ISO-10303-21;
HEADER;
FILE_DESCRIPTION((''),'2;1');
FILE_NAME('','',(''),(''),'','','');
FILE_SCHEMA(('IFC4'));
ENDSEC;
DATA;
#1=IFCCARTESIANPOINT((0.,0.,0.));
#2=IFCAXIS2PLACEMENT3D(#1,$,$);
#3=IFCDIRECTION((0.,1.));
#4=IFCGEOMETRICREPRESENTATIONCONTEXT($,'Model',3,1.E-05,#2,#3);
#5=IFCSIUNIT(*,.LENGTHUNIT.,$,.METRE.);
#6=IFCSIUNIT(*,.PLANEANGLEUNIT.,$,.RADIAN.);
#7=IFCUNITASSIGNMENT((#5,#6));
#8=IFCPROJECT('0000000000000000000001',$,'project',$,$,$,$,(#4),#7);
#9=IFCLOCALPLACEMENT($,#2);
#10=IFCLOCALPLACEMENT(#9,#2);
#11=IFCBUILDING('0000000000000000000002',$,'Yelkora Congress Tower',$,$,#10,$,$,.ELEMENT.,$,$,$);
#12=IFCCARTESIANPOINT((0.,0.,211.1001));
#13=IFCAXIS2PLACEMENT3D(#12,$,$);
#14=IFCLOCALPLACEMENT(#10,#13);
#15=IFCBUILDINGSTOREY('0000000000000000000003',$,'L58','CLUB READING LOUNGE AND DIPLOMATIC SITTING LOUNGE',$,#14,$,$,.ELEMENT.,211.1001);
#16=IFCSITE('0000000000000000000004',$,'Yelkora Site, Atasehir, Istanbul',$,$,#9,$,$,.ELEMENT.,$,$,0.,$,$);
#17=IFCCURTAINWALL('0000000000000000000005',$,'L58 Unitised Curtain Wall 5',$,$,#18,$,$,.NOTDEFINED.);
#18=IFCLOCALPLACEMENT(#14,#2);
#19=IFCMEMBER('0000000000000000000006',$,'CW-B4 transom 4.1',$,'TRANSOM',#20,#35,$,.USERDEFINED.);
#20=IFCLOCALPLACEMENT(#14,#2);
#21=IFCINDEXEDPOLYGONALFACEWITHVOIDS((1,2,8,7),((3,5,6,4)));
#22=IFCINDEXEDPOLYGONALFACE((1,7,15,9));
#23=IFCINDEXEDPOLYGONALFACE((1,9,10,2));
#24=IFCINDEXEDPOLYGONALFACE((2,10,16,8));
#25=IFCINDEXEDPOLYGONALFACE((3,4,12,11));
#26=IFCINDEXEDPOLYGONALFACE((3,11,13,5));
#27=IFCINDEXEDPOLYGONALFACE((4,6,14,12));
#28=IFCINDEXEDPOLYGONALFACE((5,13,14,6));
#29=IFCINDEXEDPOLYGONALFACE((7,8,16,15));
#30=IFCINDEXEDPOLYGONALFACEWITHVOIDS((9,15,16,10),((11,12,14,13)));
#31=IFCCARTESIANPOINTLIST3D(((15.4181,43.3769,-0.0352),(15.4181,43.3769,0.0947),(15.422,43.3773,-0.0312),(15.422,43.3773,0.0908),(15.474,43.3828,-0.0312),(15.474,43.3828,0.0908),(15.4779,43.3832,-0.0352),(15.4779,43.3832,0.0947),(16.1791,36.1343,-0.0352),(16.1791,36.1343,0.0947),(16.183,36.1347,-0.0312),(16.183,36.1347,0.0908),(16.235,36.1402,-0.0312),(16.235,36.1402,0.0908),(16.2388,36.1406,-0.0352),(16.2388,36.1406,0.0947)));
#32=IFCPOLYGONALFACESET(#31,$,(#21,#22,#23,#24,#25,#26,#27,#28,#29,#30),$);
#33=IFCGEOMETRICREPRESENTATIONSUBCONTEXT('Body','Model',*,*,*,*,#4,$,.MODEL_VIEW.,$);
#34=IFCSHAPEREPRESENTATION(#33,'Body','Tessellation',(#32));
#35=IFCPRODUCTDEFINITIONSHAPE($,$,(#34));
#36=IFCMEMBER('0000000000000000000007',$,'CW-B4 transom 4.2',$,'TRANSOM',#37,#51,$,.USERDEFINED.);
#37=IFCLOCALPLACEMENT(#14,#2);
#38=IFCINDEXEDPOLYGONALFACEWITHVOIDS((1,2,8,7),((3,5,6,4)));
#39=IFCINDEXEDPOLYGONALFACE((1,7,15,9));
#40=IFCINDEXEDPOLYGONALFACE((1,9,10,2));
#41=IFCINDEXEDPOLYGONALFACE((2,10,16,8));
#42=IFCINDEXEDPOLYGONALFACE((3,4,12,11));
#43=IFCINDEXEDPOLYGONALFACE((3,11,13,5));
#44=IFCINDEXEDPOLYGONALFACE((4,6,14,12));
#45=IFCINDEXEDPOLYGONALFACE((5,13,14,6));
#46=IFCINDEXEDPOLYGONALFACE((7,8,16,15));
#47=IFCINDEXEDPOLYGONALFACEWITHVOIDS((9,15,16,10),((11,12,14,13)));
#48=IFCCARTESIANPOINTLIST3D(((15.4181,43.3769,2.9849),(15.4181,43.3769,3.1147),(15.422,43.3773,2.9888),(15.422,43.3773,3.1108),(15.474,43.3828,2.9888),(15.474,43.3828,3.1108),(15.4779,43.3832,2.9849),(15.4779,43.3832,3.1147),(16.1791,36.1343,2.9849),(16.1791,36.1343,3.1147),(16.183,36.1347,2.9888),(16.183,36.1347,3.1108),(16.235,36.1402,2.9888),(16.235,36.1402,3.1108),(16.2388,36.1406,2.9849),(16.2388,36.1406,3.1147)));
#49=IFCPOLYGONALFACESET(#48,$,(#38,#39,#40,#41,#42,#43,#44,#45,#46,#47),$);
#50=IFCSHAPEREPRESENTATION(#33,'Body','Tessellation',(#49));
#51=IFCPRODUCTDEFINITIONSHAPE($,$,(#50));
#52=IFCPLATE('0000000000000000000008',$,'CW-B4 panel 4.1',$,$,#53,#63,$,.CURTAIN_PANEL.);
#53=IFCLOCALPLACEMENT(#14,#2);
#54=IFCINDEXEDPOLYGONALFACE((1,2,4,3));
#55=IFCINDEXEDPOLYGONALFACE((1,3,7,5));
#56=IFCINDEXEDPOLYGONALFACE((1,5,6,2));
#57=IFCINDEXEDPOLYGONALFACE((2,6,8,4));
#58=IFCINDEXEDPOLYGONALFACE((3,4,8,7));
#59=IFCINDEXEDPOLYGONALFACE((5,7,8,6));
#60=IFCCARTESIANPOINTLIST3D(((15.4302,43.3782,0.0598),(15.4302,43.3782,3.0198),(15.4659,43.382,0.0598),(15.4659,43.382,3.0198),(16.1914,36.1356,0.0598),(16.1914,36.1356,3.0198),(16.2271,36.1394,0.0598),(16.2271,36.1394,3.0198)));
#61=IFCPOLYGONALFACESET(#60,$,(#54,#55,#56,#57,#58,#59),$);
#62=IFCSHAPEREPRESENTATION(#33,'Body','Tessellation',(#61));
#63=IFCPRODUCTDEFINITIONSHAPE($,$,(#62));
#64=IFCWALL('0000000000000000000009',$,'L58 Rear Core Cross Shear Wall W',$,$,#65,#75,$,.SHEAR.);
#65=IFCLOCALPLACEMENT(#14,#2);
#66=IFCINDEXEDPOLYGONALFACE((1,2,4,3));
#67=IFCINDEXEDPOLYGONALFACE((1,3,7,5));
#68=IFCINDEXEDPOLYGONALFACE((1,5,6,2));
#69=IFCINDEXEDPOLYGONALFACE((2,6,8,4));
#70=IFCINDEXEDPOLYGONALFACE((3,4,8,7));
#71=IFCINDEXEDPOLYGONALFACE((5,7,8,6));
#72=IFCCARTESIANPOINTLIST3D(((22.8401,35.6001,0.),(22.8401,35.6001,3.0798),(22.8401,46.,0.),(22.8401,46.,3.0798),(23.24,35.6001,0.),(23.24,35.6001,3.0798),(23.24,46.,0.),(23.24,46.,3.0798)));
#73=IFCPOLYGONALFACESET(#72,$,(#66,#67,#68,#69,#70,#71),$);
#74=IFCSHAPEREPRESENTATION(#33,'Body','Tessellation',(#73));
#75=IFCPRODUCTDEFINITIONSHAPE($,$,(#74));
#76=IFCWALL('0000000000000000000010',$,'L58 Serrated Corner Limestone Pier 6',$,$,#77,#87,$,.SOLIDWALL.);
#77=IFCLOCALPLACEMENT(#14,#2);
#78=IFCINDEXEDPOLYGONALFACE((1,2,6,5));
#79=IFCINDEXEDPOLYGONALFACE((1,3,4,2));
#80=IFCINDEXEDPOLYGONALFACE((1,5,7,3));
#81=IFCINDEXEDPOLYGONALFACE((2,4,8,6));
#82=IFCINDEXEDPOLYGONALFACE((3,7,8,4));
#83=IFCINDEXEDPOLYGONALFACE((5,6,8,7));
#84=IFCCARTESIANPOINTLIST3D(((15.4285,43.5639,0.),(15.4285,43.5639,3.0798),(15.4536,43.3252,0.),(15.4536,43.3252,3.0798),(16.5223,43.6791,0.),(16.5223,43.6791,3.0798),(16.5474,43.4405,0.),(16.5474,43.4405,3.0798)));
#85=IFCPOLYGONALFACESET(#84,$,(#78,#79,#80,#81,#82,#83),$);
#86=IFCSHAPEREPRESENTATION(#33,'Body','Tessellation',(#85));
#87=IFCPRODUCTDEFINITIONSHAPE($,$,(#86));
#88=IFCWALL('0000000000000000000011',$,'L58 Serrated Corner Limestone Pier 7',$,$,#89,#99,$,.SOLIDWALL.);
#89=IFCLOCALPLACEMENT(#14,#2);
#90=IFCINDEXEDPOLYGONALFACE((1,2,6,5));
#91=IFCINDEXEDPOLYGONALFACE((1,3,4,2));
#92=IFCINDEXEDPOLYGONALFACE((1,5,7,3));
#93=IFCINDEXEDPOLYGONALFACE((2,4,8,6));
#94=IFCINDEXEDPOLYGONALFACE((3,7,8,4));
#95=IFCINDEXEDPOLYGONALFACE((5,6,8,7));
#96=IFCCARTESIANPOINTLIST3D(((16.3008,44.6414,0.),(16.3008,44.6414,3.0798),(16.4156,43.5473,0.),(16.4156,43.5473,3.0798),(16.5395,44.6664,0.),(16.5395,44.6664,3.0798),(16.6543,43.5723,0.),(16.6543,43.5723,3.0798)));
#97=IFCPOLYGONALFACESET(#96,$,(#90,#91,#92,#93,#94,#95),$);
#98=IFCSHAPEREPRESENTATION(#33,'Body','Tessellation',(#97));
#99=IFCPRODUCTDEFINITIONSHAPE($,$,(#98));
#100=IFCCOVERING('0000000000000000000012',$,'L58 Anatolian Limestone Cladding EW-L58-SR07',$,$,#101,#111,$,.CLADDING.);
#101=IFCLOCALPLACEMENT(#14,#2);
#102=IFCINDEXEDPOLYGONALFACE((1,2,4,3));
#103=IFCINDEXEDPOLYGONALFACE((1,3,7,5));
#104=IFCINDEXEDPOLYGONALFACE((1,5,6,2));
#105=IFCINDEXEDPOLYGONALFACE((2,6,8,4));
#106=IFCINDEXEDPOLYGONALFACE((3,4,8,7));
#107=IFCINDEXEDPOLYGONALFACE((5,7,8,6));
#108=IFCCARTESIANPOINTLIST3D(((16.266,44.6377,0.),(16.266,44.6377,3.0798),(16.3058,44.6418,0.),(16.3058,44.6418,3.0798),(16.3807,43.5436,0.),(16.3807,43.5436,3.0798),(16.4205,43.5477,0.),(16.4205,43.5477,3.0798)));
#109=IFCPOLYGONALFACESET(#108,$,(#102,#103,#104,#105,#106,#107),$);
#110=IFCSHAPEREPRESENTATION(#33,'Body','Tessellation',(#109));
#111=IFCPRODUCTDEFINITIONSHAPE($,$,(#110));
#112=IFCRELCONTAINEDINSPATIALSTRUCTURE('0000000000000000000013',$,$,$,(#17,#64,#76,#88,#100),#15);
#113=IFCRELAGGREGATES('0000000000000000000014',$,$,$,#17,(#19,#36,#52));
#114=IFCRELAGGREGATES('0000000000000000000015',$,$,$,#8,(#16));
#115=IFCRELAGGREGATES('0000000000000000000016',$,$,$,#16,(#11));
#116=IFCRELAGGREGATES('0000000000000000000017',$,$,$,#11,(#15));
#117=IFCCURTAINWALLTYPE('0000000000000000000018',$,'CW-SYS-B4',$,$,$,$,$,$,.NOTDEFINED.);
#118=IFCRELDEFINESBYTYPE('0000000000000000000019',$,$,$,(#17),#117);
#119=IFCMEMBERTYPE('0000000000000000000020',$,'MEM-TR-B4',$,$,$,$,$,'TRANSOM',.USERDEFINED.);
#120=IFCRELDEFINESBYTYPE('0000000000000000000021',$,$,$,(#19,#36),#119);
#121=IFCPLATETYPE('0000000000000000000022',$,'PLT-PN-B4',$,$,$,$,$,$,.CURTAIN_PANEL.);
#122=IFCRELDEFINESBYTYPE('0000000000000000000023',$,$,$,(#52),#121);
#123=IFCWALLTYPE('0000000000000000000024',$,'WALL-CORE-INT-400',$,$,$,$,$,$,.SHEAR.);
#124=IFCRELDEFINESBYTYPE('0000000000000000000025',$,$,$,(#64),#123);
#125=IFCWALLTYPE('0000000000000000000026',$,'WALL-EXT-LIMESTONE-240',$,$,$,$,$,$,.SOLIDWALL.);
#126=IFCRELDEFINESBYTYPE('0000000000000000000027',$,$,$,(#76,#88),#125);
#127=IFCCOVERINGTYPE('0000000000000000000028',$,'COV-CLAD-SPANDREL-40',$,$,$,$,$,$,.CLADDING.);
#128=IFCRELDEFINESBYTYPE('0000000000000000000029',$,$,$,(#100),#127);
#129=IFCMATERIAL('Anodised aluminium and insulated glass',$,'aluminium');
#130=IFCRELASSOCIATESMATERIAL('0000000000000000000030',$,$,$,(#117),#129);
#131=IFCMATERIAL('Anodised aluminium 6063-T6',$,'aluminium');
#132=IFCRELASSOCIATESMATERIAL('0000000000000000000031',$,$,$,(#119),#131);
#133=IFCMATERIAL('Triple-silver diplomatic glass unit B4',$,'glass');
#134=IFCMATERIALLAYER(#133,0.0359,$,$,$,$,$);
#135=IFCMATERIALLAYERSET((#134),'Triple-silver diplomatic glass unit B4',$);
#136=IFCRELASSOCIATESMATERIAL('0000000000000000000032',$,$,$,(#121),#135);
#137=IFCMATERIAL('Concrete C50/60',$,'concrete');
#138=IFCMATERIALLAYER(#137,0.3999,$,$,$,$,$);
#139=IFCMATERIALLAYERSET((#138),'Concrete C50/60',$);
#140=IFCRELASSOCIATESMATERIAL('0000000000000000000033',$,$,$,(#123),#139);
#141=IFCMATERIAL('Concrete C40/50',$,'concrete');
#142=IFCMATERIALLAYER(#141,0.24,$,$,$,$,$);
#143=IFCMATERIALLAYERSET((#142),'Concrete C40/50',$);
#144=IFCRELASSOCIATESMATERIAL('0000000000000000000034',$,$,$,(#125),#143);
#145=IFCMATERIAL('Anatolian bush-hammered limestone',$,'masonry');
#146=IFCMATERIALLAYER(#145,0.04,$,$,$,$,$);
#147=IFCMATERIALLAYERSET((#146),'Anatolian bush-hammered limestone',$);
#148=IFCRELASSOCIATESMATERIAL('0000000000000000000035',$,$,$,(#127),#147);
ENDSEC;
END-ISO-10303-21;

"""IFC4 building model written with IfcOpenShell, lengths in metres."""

from ifc_helpers import new_model, si_unit, direction, frame, frame_2d, origin, origin_2d, place, context, subcontext, project, spatial, rectangle, hollow_rectangle, extrude, material, layer, layer_set, material_profile, profile_set, type_object, element, aggregate, save


model = new_model("IFC4")

# Units and contexts
model_context = context("Model", 3, precision=1e-05, world=origin(), true_north=direction((0.0, 1.0)))
body_context = subcontext(model_context, "Body", "Model", "MODEL_VIEW")
ifc_project = project(units=[si_unit("LENGTHUNIT", "METRE"), si_unit("PLANEANGLEUNIT", "RADIAN")], contexts=[model_context])

# Site, building, storey
site_placement = place(None, origin())
site = spatial("IfcSite", under=ifc_project, at=site_placement, Name="Yelkora Site, Atasehir, Istanbul", CompositionType="ELEMENT", RefElevation=0.0)
building_placement = place(site_placement, origin())
building = spatial("IfcBuilding", under=site, at=building_placement, Name="Yelkora Congress Tower", CompositionType="ELEMENT")
storey_placement = place(building_placement, frame((0.0, 0.0, 211.1001)))
storey = spatial("IfcBuildingStorey", under=building, at=storey_placement, Name="L58", Description="CLUB READING LOUNGE AND DIPLOMATIC SITTING LOUNGE", CompositionType="ELEMENT", Elevation=211.1001)

# Curtain wall, members, plate
ifc_material_1 = material(Name="Anodised aluminium and insulated glass", Category="aluminium")
curtain_wall_type = type_object("IfcCurtainWallType", Name="CW-SYS-B4", PredefinedType="NOTDEFINED", material=ifc_material_1)
curtain_wall_placement = place(storey_placement, origin())
curtain_wall = element("IfcCurtainWall", 1, at=curtain_wall_placement, inside=storey, type_object=curtain_wall_type, Name="L58 Unitised Curtain Wall 5", PredefinedType="NOTDEFINED")
ifc_material_2 = material(Name="Anodised aluminium 6063-T6", Category="aluminium")
ifc_material_profile_1 = material_profile(ifc_material_2, hollow_rectangle(XDim=0.0601, YDim=0.1299, WallThickness=0.0039, at=origin_2d()), Name="ALU 60x130x4")
ifc_profile_set_1 = profile_set([ifc_material_profile_1], Name="Anodised aluminium 6063-T6")
member_type_1 = type_object("IfcMemberType", Name="MEM-TR-B4", ElementType="TRANSOM", PredefinedType="USERDEFINED", material=ifc_profile_set_1)
member_1_placement = place(storey_placement, frame((16.209, 36.1375, 0.0298), z_axis=(-0.104495, 0.994525, 0.0), x_axis=(-0.994525, -0.104495, 0.0)))
member_1 = element("IfcMember", 2, at=member_1_placement, type_object=member_type_1, Name="CW-B4 transom 4.1", ObjectType="TRANSOM", PredefinedType="USERDEFINED", context=body_context, shape_type="SweptSolid", body=[
    extrude(hollow_rectangle(XDim=0.0601, YDim=0.1299, WallThickness=0.0039, at=origin_2d()), origin(), (0.0, 0.0, 1.0), 7.2825),
])
member_2_placement = place(storey_placement, frame((16.209, 36.1375, 3.0498), z_axis=(-0.104495, 0.994525, 0.0), x_axis=(-0.994525, -0.104495, 0.0)))
member_2 = element("IfcMember", 3, at=member_2_placement, type_object=member_type_1, Name="CW-B4 transom 4.2", ObjectType="TRANSOM", PredefinedType="USERDEFINED", context=body_context, shape_type="SweptSolid", body=[
    extrude(hollow_rectangle(XDim=0.0601, YDim=0.1299, WallThickness=0.0039, at=origin_2d()), origin(), (0.0, 0.0, 1.0), 7.2825),
])
ifc_material_3 = material(Name="Triple-silver diplomatic glass unit B4", Category="glass")
ifc_layer_1 = layer(ifc_material_3, 0.0359)
ifc_layer_set_1 = layer_set([ifc_layer_1], Name="Triple-silver diplomatic glass unit B4")
plate_type = type_object("IfcPlateType", Name="PLT-PN-B4", PredefinedType="CURTAIN_PANEL", material=ifc_layer_set_1)
plate_placement = place(storey_placement, frame((15.8286, 39.7588, 0.0598), z_axis=(0.0, 0.0, 1.0), x_axis=(-0.104526, 0.994522, 0.0)))
plate = element("IfcPlate", 4, at=plate_placement, type_object=plate_type, Name="CW-B4 panel 4.1", PredefinedType="CURTAIN_PANEL", context=body_context, shape_type="SweptSolid", body=[
    extrude(rectangle(XDim=7.2825, YDim=0.0359, at=origin_2d()), origin(), (0.0, 0.0, 1.0), 2.96),
])
aggregate(curtain_wall, [member_1, member_2, plate])

# Walls
ifc_material_4 = material(Name="Concrete C50/60", Category="concrete")
ifc_layer_2 = layer(ifc_material_4, 0.3999)
ifc_layer_set_2 = layer_set([ifc_layer_2], Name="Concrete C50/60")
wall_type_1 = type_object("IfcWallType", Name="WALL-CORE-INT-400", PredefinedType="SHEAR", material=ifc_layer_set_2)
wall_1_placement = place(storey_placement, frame((23.04, 35.6001, 0.0), z_axis=(0.0, 0.0, 1.0), x_axis=(0.0, 1.0, 0.0)))
element("IfcWall", 5, at=wall_1_placement, inside=storey, type_object=wall_type_1, Name="L58 Rear Core Cross Shear Wall W", PredefinedType="SHEAR", context=body_context, shape_type="SweptSolid", body=[
    extrude(rectangle(XDim=10.3999, YDim=0.3999, at=frame_2d((5.2, 0.0))), origin(), (0.0, 0.0, 1.0), 3.0798),
])
ifc_material_5 = material(Name="Concrete C40/50", Category="concrete")
ifc_layer_3 = layer(ifc_material_5, 0.24)
ifc_layer_set_3 = layer_set([ifc_layer_3], Name="Concrete C40/50")
wall_type_2 = type_object("IfcWallType", Name="WALL-EXT-LIMESTONE-240", PredefinedType="SOLIDWALL", material=ifc_layer_set_3)
wall_2_placement = place(storey_placement, frame((15.4412, 43.4446, 0.0), z_axis=(0.0, 0.0, 1.0), x_axis=(0.994496, 0.104777, 0.0)))
element("IfcWall", 6, at=wall_2_placement, inside=storey, type_object=wall_type_2, Name="L58 Serrated Corner Limestone Pier 6", PredefinedType="SOLIDWALL", context=body_context, shape_type="SweptSolid", body=[
    extrude(rectangle(XDim=1.0999, YDim=0.24, at=frame_2d((0.5498, 0.0))), origin(), (0.0, 0.0, 1.0), 3.0798),
])
wall_3_placement = place(storey_placement, frame((16.5349, 43.5598, 0.0), z_axis=(0.0, 0.0, 1.0), x_axis=(-0.104315, 0.994544, 0.0)))
element("IfcWall", 7, at=wall_3_placement, inside=storey, type_object=wall_type_2, Name="L58 Serrated Corner Limestone Pier 7", PredefinedType="SOLIDWALL", context=body_context, shape_type="SweptSolid", body=[
    extrude(rectangle(XDim=1.1001, YDim=0.24, at=frame_2d((0.55, 0.0))), origin(), (0.0, 0.0, 1.0), 3.0798),
])

# Covering
ifc_material_6 = material(Name="Anatolian bush-hammered limestone", Category="masonry")
ifc_layer_4 = layer(ifc_material_6, 0.04)
ifc_layer_set_4 = layer_set([ifc_layer_4], Name="Anatolian bush-hammered limestone")
covering_type = type_object("IfcCoveringType", Name="COV-CLAD-SPANDREL-40", PredefinedType="CLADDING", material=ifc_layer_set_4)
covering_placement = place(storey_placement, frame((16.4006, 43.5457, 0.0), z_axis=(0.0, 0.0, 1.0), x_axis=(-0.104315, 0.994544, 0.0)))
element("IfcCovering", 8, at=covering_placement, inside=storey, type_object=covering_type, Name="L58 Anatolian Limestone Cladding EW-L58-SR07", PredefinedType="CLADDING", context=body_context, shape_type="SweptSolid", body=[
    extrude(rectangle(XDim=1.1001, YDim=0.04, at=frame_2d((0.55, 0.0))), origin(), (0.0, 0.0, 1.0), 3.0798),
])

save(model, "model.ifc")
